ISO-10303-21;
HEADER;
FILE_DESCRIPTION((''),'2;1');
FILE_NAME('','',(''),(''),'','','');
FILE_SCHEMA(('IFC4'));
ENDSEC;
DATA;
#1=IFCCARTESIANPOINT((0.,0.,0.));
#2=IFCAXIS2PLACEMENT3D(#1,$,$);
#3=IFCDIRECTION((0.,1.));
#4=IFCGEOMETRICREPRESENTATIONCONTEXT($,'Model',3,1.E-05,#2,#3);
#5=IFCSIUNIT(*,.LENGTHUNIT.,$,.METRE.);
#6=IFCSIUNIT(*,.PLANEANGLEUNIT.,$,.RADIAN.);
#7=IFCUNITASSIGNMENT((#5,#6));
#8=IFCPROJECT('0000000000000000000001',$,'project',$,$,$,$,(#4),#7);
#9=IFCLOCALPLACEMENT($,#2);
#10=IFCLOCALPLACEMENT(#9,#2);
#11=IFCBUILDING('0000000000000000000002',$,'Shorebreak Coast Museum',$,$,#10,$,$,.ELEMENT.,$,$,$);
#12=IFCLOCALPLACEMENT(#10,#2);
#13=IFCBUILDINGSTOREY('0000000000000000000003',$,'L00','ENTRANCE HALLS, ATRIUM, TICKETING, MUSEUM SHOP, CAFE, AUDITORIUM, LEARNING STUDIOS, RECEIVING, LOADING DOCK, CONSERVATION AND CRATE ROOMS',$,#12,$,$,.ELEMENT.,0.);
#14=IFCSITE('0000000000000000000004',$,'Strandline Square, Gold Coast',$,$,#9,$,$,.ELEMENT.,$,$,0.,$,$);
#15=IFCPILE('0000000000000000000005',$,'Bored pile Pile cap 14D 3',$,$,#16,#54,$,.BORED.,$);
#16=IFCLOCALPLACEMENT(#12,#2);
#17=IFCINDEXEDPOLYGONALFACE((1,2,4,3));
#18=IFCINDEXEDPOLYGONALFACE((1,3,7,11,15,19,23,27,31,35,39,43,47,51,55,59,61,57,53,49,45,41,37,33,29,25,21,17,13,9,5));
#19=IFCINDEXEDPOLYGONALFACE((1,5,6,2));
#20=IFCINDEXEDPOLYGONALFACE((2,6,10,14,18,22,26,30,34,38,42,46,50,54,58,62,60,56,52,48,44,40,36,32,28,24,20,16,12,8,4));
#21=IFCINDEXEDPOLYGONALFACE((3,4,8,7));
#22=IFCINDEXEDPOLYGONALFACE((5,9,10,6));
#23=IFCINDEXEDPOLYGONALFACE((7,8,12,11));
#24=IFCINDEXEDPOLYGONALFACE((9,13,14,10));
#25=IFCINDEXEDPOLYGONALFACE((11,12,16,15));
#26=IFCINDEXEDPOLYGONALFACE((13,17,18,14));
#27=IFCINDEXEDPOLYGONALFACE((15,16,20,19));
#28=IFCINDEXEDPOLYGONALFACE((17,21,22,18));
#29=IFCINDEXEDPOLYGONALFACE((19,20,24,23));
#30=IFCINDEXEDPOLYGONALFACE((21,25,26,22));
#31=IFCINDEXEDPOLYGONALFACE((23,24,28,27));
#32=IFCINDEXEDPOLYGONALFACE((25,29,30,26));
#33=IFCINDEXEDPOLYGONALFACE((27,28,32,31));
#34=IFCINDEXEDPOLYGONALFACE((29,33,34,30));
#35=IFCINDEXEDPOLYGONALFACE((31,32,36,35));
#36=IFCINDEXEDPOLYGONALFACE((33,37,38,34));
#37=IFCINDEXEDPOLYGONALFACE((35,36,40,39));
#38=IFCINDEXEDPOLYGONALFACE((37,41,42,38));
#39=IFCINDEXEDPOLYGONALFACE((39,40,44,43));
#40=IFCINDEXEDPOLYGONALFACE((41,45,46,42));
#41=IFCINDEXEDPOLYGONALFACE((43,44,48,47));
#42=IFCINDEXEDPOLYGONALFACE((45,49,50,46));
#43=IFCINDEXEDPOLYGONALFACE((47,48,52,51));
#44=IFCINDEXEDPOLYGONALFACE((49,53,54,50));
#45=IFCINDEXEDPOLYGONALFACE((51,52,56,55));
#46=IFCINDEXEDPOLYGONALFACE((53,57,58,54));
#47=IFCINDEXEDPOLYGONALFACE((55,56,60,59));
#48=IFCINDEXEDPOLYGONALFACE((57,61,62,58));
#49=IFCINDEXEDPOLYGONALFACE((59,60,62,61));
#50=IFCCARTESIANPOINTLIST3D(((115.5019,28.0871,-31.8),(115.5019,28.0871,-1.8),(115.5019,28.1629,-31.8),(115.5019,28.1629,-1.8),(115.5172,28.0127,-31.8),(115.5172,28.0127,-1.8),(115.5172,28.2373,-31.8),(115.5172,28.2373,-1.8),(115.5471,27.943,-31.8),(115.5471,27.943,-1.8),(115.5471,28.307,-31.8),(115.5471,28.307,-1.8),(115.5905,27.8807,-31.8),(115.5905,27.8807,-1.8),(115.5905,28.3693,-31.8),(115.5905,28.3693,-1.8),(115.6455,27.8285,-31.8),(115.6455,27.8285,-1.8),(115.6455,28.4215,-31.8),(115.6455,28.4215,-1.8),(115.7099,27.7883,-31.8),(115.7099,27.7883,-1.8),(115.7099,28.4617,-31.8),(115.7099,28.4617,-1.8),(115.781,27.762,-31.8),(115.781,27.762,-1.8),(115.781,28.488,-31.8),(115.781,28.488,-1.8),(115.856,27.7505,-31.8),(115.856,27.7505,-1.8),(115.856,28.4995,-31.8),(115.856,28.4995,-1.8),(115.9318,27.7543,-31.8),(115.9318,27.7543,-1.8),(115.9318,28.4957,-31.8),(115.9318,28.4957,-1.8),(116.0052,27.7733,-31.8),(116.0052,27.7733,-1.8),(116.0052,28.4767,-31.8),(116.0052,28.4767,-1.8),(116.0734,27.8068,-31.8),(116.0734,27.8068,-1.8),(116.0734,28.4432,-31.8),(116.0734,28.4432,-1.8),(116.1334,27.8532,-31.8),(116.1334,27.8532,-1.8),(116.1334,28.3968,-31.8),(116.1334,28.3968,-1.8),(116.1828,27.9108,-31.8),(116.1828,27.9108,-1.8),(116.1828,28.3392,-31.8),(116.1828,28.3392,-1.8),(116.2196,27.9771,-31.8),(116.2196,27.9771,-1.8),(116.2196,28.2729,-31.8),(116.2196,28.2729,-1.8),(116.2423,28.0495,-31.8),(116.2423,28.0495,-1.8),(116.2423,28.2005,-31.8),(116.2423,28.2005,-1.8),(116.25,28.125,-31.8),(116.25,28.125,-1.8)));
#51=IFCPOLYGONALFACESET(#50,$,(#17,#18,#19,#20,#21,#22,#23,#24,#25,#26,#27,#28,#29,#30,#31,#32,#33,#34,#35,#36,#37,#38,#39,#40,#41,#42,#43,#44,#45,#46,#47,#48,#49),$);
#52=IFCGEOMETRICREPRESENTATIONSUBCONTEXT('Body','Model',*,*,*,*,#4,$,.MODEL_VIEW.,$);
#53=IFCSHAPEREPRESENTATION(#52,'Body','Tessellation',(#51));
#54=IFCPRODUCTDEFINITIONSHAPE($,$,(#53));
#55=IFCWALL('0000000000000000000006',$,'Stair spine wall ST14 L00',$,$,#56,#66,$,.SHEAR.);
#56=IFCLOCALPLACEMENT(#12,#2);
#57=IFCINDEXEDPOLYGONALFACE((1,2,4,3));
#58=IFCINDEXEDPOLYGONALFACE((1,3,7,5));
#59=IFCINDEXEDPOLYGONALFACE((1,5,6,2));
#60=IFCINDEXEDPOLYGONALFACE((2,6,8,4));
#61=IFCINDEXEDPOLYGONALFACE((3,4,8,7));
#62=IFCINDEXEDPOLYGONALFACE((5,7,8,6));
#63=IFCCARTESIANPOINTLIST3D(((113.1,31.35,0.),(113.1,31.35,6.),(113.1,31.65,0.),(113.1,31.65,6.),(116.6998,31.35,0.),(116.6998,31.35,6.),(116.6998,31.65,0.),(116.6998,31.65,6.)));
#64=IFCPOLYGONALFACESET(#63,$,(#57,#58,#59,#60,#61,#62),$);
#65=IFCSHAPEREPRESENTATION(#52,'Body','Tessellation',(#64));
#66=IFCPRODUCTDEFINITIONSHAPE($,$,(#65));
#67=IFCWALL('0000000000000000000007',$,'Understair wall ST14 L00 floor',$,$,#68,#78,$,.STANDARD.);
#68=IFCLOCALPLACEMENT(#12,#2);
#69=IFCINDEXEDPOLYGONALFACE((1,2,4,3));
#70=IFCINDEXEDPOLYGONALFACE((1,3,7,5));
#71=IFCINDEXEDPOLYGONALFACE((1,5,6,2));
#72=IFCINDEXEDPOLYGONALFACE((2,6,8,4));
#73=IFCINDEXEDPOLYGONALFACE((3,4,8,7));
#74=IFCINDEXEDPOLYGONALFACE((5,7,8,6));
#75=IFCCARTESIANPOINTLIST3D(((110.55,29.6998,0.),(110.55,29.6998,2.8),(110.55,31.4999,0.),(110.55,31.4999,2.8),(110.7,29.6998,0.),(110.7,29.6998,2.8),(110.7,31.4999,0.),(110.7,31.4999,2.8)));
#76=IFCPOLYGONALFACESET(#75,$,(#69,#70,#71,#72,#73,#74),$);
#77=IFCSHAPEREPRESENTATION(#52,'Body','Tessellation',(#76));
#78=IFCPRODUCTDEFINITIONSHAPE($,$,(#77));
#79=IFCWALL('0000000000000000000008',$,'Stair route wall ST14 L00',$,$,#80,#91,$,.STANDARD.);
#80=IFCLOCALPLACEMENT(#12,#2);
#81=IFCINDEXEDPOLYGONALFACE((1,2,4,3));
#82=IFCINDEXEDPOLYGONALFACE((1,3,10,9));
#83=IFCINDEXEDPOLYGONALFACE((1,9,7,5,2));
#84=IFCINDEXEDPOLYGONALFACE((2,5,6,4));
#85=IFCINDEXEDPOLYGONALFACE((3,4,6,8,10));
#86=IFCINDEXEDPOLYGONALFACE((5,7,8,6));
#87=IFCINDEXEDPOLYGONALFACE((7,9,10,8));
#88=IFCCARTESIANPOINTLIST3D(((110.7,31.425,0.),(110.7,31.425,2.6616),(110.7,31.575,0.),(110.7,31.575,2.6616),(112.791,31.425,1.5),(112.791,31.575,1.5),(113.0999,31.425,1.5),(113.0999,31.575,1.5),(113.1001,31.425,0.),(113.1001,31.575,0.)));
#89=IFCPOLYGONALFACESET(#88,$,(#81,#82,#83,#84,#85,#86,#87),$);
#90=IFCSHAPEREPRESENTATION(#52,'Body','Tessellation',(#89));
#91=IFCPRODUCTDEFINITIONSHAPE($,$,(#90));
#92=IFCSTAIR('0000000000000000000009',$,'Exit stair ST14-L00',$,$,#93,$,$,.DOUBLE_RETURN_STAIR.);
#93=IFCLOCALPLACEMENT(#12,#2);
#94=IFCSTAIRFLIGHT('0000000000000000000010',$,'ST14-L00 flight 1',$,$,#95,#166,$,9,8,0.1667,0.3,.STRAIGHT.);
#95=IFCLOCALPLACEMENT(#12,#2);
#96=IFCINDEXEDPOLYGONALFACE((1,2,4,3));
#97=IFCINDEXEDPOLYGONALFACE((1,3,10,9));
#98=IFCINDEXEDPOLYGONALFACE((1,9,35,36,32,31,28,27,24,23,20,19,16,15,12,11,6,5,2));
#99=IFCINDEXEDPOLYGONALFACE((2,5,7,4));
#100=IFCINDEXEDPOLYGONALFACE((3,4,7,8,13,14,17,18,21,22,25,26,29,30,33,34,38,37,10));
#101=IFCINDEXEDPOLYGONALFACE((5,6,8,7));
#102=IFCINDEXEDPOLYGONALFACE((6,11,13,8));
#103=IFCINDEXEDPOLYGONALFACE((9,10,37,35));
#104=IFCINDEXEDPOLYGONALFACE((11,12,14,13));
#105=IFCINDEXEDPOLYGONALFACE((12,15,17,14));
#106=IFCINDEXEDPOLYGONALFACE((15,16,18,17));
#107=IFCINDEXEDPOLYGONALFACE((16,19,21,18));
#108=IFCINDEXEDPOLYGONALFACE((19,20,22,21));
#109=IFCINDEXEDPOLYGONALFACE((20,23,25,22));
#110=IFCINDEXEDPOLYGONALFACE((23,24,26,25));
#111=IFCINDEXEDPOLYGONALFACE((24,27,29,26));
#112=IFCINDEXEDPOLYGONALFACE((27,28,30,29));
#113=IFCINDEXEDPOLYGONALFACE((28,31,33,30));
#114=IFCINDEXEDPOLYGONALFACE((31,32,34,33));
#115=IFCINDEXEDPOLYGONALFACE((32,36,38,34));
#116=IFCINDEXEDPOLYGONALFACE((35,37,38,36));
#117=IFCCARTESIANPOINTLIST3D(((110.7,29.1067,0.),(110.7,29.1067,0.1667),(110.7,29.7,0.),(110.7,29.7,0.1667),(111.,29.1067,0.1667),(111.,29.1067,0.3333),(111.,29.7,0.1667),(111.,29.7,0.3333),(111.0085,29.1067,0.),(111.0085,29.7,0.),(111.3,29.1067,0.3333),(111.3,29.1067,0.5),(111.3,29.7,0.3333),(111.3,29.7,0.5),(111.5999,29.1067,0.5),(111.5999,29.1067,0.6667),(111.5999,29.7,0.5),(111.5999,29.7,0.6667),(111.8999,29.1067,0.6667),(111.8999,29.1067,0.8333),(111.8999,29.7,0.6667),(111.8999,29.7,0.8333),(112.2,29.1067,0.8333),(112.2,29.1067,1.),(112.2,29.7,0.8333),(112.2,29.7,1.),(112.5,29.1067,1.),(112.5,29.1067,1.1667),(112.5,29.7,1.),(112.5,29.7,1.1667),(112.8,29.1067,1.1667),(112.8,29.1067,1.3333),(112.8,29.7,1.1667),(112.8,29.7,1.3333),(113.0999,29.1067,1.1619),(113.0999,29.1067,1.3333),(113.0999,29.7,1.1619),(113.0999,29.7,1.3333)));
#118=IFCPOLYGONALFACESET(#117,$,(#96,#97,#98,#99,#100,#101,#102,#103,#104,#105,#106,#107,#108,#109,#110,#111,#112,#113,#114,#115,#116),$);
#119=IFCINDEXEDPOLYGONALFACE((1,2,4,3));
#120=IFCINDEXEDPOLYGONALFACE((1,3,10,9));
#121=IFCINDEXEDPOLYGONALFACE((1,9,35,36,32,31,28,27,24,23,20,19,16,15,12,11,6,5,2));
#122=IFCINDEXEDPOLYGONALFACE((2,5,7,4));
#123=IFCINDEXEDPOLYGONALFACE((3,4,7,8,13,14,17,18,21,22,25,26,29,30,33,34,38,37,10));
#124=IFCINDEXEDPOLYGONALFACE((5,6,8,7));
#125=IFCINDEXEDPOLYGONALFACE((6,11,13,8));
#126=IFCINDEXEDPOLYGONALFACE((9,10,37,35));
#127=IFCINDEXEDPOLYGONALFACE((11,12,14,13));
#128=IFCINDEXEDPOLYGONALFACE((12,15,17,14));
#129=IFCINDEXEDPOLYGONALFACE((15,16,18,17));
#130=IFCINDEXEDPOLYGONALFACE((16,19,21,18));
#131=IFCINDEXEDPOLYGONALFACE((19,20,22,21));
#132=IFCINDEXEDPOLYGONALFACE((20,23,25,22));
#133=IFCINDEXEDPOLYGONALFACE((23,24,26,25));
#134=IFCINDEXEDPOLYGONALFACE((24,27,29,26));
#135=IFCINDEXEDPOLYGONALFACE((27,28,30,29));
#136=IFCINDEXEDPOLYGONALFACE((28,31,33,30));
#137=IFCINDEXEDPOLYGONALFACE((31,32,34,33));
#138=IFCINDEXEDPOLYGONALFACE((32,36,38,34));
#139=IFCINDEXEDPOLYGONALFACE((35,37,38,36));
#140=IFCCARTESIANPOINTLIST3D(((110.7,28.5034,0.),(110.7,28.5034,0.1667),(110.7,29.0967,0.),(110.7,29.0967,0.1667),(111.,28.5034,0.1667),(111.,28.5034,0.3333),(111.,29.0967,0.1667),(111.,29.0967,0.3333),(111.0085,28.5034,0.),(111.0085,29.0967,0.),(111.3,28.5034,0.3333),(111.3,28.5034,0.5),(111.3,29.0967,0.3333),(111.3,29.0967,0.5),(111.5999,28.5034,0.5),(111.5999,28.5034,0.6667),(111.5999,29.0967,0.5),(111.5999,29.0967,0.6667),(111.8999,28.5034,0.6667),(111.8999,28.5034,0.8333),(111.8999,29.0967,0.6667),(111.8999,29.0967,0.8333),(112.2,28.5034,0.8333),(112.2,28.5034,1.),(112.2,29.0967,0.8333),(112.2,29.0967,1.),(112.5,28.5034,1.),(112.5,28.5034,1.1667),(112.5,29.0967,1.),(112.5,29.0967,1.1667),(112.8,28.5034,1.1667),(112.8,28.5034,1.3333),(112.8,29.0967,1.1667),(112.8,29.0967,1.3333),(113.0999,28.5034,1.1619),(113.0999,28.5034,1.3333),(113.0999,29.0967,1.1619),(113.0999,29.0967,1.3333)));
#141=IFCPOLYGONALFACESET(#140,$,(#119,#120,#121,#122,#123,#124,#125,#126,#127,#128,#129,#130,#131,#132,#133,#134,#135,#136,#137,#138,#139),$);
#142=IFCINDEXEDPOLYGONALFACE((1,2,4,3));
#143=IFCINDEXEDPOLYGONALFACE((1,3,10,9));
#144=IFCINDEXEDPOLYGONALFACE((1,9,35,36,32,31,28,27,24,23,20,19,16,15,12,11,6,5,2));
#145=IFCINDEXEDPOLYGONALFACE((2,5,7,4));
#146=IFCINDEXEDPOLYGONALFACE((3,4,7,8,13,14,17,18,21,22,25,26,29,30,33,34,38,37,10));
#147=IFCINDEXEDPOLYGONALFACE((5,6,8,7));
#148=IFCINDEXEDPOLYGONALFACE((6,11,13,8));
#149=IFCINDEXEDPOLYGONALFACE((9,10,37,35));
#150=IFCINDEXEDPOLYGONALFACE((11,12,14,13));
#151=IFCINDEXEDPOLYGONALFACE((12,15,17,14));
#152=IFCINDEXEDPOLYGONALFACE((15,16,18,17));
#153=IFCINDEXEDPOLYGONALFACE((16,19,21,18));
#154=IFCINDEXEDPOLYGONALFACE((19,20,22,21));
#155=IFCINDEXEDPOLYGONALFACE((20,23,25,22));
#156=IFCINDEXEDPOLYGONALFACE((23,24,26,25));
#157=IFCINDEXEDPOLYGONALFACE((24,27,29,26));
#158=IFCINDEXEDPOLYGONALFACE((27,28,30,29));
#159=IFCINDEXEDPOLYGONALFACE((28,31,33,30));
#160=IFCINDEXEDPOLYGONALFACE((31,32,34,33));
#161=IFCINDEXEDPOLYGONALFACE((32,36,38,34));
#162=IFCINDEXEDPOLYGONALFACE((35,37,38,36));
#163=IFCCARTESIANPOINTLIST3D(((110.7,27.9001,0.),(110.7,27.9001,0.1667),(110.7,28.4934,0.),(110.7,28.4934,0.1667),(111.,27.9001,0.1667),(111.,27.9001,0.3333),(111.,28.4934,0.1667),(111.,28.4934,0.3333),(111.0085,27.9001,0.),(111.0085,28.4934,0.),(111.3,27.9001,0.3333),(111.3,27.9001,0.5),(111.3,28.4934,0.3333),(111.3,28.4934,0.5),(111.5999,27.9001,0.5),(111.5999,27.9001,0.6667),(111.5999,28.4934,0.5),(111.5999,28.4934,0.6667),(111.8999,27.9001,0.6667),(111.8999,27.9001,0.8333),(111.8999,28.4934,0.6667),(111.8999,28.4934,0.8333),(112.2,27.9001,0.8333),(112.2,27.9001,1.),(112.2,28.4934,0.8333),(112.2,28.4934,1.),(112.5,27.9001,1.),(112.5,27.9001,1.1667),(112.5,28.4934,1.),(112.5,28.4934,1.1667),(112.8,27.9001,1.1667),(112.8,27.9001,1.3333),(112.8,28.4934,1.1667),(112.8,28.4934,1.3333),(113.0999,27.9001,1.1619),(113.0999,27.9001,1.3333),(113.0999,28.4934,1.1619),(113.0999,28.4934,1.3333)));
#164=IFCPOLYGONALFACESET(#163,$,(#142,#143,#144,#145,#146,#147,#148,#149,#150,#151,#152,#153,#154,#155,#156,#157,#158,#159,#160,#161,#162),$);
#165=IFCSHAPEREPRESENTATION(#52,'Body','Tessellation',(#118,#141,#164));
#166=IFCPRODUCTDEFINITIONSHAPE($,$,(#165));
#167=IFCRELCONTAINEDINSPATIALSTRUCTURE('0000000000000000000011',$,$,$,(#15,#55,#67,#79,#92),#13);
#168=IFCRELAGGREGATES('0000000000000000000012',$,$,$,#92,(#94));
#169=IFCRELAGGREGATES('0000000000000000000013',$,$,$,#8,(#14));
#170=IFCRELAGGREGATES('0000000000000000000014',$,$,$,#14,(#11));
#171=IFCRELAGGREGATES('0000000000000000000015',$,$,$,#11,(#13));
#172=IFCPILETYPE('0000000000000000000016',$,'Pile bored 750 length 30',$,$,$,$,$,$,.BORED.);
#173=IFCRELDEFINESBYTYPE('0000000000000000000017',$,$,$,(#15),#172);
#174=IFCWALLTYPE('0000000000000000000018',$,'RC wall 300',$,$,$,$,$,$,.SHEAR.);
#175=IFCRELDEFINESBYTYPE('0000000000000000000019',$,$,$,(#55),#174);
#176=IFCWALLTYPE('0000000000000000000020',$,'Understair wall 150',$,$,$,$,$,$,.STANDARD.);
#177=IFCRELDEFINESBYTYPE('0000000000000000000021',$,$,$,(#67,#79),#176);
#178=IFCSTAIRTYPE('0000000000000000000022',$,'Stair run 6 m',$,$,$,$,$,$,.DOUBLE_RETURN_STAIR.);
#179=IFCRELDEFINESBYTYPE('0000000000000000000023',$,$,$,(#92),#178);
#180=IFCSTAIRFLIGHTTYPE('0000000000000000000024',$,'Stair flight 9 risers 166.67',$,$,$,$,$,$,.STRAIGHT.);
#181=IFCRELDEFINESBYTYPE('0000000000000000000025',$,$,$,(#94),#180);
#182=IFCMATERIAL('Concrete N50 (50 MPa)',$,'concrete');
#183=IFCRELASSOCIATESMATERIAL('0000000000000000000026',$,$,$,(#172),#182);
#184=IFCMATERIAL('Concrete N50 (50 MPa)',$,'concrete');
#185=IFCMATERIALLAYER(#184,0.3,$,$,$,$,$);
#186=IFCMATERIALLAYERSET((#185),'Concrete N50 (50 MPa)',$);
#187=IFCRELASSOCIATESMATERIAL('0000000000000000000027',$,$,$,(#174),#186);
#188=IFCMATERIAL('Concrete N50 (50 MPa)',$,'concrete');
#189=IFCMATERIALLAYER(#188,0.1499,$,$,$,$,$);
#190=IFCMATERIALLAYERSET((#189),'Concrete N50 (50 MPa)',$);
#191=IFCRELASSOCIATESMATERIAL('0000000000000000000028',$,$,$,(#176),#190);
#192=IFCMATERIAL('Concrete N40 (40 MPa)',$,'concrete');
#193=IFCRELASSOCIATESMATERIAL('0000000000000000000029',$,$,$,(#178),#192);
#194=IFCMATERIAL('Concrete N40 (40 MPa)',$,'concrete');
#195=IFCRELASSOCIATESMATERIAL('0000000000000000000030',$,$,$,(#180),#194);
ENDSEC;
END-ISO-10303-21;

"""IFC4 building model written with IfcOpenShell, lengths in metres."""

from ifc_helpers import new_model, si_unit, direction, frame, frame_2d, origin, origin_2d, place, context, subcontext, project, spatial, polyline, rectangle, circle, outline, extrude, material, layer, layer_set, material_profile, profile_set, type_object, element, aggregate, save


model = new_model("IFC4")

# Units and contexts
model_context = context("Model", 3, precision=1e-05, world=origin(), true_north=direction((0.0, 1.0)))
body_context = subcontext(model_context, "Body", "Model", "MODEL_VIEW")
ifc_project = project(units=[si_unit("LENGTHUNIT", "METRE"), si_unit("PLANEANGLEUNIT", "RADIAN")], contexts=[model_context])

# Site, building, storey
site_placement = place(None, origin())
site = spatial("IfcSite", under=ifc_project, at=site_placement, Name="Strandline Square, Gold Coast", CompositionType="ELEMENT", RefElevation=0.0)
building_placement = place(site_placement, origin())
building = spatial("IfcBuilding", under=site, at=building_placement, Name="Shorebreak Coast Museum", CompositionType="ELEMENT")
storey_placement = place(building_placement, origin())
storey = spatial("IfcBuildingStorey", under=building, at=storey_placement, Name="L00", Description="ENTRANCE HALLS, ATRIUM, TICKETING, MUSEUM SHOP, CAFE, AUDITORIUM, LEARNING STUDIOS, RECEIVING, LOADING DOCK, CONSERVATION AND CRATE ROOMS", CompositionType="ELEMENT", Elevation=0.0)

# Pile
ifc_material_1 = material(Name="Concrete N50 (50 MPa)", Category="concrete")
ifc_material_profile_1 = material_profile(ifc_material_1, circle(Radius=0.375, at=origin_2d()), Name="Pile bored 750 length 30")
ifc_profile_set_1 = profile_set([ifc_material_profile_1], Name="Concrete N50 (50 MPa)")
pile_type_1 = type_object("IfcPileType", Name="Pile bored 750 length 30", PredefinedType="BORED", material=ifc_profile_set_1)
pile_placement = place(storey_placement, frame((115.875, 28.125, -1.8), z_axis=(0.0, 0.0, -1.0), x_axis=(1.0, 0.0, 0.0)))
element("IfcPile", 1, at=pile_placement, inside=storey, type_object=pile_type_1, Name="Bored pile Pile cap 14D 3", PredefinedType="BORED", context=body_context, shape_type="SweptSolid", body=[
    extrude(circle(Radius=0.375, at=origin_2d()), origin(), (0.0, 0.0, 1.0), 30.0),
])

# Walls
ifc_material_2 = material(Name="Concrete N50 (50 MPa)", Category="concrete")
ifc_layer_1 = layer(ifc_material_2, 0.3)
ifc_layer_set_1 = layer_set([ifc_layer_1], Name="Concrete N50 (50 MPa)")
wall_type_1 = type_object("IfcWallType", Name="RC wall 300", PredefinedType="SHEAR", material=ifc_layer_set_1)
wall_1_placement = place(storey_placement, frame((113.1001, 31.5, 0.0), z_axis=(0.0, 0.0, 1.0), x_axis=(1.0, 0.0, 0.0)))
element("IfcWall", 2, at=wall_1_placement, inside=storey, type_object=wall_type_1, Name="Stair spine wall ST14 L00", PredefinedType="SHEAR", context=body_context, shape_type="SweptSolid", body=[
    extrude(rectangle(XDim=3.5999, YDim=0.3, at=frame_2d((1.7998, 0.0))), origin(), (0.0, 0.0, 1.0), 6.0),
])
ifc_material_3 = material(Name="Concrete N50 (50 MPa)", Category="concrete")
ifc_layer_2 = layer(ifc_material_3, 0.1499)
ifc_layer_set_2 = layer_set([ifc_layer_2], Name="Concrete N50 (50 MPa)")
wall_type_2 = type_object("IfcWallType", Name="Understair wall 150", PredefinedType="STANDARD", material=ifc_layer_set_2)
wall_2_placement = place(storey_placement, frame((110.625, 29.7, 0.0), z_axis=(0.0, 0.0, 1.0), x_axis=(0.0, 1.0, 0.0)))
element("IfcWall", 3, at=wall_2_placement, inside=storey, type_object=wall_type_2, Name="Understair wall ST14 L00 floor", PredefinedType="STANDARD", context=body_context, shape_type="SweptSolid", body=[
    extrude(rectangle(XDim=1.8, YDim=0.1499, at=frame_2d((0.8999, 0.0))), origin(), (0.0, 0.0, 1.0), 2.8),
])
wall_3_placement = place(storey_placement, frame((110.7, 31.5, 0.0), z_axis=(0.0, 0.0, 1.0), x_axis=(1.0, 0.0, 0.0)))
element("IfcWall", 4, at=wall_3_placement, inside=storey, type_object=wall_type_2, Name="Stair route wall ST14 L00", PredefinedType="STANDARD", context=body_context, shape_type="SweptSolid", body=[
    extrude(outline(polyline([(0.0, 0.0), (2.4001, 0.0), (2.3999, 1.5), (2.0911, 1.5), (0.0, 2.6616), (0.0, 0.0)])), frame((0.0, 0.075, 0.0), z_axis=(0.0, -1.0, 0.0), x_axis=(1.0, 0.0, 0.0)), (0.0, 0.0, 1.0), 0.1499),
])

# Stair, stair flight
ifc_material_4 = material(Name="Concrete N40 (40 MPa)", Category="concrete")
stair_type = type_object("IfcStairType", Name="Stair run 6 m", PredefinedType="DOUBLE_RETURN_STAIR", material=ifc_material_4)
stair_placement = place(storey_placement, origin())
stair = element("IfcStair", 5, at=stair_placement, inside=storey, type_object=stair_type, Name="Exit stair ST14-L00", PredefinedType="DOUBLE_RETURN_STAIR")
ifc_material_5 = material(Name="Concrete N40 (40 MPa)", Category="concrete")
stair_flight_type = type_object("IfcStairFlightType", Name="Stair flight 9 risers 166.67", PredefinedType="STRAIGHT", material=ifc_material_5)
stair_flight_1_placement = place(storey_placement, frame((110.7, 28.8, 0.0), z_axis=(0.0, 0.0, 1.0), x_axis=(1.0, 0.0, 0.0)))
stair_flight_1 = element("IfcStairFlight", 6, at=stair_flight_1_placement, type_object=stair_flight_type, Name="ST14-L00 flight 1", NumberOfRisers=9, NumberOfTreads=8, PredefinedType="STRAIGHT", RiserHeight=0.1667, TreadLength=0.3, context=body_context, shape_type="SweptSolid", body=[
    extrude(outline(polyline([(0.0, 0.0), (0.0, 0.1667), (0.3, 0.1667), (0.3, 0.3333), (0.6001, 0.3333), (0.6001, 0.5), (0.8999, 0.5), (0.8999, 0.6667), (1.2, 0.6667), (1.2, 0.8333), (1.5, 0.8333), (1.5, 1.0), (1.8, 1.0), (1.8, 1.1667), (2.1001, 1.1667), (2.1001, 1.3333), (2.3999, 1.3333), (2.3999, 1.5), (2.3999, 1.1619), (0.3086, 0.0), (0.0, 0.0)])), frame((0.0, 0.8999, 0.0), z_axis=(0.0, -1.0, 0.0), x_axis=(1.0, 0.0, 0.0)), (0.0, 0.0, 1.0), 0.5933),
    extrude(outline(polyline([(0.0, 0.0), (0.0, 0.1667), (0.3, 0.1667), (0.3, 0.3333), (0.6001, 0.3333), (0.6001, 0.5), (0.8999, 0.5), (0.8999, 0.6667), (1.2, 0.6667), (1.2, 0.8333), (1.5, 0.8333), (1.5, 1.0), (1.8, 1.0), (1.8, 1.1667), (2.1001, 1.1667), (2.1001, 1.3333), (2.3999, 1.3333), (2.3999, 1.5), (2.3999, 1.1619), (0.3086, 0.0), (0.0, 0.0)])), frame((0.0, 0.2966, 0.0), z_axis=(0.0, -1.0, 0.0), x_axis=(1.0, 0.0, 0.0)), (0.0, 0.0, 1.0), 0.5933),
    extrude(outline(polyline([(0.0, 0.0), (0.0, 0.1667), (0.3, 0.1667), (0.3, 0.3333), (0.6001, 0.3333), (0.6001, 0.5), (0.8999, 0.5), (0.8999, 0.6667), (1.2, 0.6667), (1.2, 0.8333), (1.5, 0.8333), (1.5, 1.0), (1.8, 1.0), (1.8, 1.1667), (2.1001, 1.1667), (2.1001, 1.3333), (2.3999, 1.3333), (2.3999, 1.5), (2.3999, 1.1619), (0.3086, 0.0), (0.0, 0.0)])), frame((0.0, -0.3066, 0.0), z_axis=(0.0, -1.0, 0.0), x_axis=(1.0, 0.0, 0.0)), (0.0, 0.0, 1.0), 0.5933),
])
aggregate(stair, [stair_flight_1])

save(model, "model.ifc")
